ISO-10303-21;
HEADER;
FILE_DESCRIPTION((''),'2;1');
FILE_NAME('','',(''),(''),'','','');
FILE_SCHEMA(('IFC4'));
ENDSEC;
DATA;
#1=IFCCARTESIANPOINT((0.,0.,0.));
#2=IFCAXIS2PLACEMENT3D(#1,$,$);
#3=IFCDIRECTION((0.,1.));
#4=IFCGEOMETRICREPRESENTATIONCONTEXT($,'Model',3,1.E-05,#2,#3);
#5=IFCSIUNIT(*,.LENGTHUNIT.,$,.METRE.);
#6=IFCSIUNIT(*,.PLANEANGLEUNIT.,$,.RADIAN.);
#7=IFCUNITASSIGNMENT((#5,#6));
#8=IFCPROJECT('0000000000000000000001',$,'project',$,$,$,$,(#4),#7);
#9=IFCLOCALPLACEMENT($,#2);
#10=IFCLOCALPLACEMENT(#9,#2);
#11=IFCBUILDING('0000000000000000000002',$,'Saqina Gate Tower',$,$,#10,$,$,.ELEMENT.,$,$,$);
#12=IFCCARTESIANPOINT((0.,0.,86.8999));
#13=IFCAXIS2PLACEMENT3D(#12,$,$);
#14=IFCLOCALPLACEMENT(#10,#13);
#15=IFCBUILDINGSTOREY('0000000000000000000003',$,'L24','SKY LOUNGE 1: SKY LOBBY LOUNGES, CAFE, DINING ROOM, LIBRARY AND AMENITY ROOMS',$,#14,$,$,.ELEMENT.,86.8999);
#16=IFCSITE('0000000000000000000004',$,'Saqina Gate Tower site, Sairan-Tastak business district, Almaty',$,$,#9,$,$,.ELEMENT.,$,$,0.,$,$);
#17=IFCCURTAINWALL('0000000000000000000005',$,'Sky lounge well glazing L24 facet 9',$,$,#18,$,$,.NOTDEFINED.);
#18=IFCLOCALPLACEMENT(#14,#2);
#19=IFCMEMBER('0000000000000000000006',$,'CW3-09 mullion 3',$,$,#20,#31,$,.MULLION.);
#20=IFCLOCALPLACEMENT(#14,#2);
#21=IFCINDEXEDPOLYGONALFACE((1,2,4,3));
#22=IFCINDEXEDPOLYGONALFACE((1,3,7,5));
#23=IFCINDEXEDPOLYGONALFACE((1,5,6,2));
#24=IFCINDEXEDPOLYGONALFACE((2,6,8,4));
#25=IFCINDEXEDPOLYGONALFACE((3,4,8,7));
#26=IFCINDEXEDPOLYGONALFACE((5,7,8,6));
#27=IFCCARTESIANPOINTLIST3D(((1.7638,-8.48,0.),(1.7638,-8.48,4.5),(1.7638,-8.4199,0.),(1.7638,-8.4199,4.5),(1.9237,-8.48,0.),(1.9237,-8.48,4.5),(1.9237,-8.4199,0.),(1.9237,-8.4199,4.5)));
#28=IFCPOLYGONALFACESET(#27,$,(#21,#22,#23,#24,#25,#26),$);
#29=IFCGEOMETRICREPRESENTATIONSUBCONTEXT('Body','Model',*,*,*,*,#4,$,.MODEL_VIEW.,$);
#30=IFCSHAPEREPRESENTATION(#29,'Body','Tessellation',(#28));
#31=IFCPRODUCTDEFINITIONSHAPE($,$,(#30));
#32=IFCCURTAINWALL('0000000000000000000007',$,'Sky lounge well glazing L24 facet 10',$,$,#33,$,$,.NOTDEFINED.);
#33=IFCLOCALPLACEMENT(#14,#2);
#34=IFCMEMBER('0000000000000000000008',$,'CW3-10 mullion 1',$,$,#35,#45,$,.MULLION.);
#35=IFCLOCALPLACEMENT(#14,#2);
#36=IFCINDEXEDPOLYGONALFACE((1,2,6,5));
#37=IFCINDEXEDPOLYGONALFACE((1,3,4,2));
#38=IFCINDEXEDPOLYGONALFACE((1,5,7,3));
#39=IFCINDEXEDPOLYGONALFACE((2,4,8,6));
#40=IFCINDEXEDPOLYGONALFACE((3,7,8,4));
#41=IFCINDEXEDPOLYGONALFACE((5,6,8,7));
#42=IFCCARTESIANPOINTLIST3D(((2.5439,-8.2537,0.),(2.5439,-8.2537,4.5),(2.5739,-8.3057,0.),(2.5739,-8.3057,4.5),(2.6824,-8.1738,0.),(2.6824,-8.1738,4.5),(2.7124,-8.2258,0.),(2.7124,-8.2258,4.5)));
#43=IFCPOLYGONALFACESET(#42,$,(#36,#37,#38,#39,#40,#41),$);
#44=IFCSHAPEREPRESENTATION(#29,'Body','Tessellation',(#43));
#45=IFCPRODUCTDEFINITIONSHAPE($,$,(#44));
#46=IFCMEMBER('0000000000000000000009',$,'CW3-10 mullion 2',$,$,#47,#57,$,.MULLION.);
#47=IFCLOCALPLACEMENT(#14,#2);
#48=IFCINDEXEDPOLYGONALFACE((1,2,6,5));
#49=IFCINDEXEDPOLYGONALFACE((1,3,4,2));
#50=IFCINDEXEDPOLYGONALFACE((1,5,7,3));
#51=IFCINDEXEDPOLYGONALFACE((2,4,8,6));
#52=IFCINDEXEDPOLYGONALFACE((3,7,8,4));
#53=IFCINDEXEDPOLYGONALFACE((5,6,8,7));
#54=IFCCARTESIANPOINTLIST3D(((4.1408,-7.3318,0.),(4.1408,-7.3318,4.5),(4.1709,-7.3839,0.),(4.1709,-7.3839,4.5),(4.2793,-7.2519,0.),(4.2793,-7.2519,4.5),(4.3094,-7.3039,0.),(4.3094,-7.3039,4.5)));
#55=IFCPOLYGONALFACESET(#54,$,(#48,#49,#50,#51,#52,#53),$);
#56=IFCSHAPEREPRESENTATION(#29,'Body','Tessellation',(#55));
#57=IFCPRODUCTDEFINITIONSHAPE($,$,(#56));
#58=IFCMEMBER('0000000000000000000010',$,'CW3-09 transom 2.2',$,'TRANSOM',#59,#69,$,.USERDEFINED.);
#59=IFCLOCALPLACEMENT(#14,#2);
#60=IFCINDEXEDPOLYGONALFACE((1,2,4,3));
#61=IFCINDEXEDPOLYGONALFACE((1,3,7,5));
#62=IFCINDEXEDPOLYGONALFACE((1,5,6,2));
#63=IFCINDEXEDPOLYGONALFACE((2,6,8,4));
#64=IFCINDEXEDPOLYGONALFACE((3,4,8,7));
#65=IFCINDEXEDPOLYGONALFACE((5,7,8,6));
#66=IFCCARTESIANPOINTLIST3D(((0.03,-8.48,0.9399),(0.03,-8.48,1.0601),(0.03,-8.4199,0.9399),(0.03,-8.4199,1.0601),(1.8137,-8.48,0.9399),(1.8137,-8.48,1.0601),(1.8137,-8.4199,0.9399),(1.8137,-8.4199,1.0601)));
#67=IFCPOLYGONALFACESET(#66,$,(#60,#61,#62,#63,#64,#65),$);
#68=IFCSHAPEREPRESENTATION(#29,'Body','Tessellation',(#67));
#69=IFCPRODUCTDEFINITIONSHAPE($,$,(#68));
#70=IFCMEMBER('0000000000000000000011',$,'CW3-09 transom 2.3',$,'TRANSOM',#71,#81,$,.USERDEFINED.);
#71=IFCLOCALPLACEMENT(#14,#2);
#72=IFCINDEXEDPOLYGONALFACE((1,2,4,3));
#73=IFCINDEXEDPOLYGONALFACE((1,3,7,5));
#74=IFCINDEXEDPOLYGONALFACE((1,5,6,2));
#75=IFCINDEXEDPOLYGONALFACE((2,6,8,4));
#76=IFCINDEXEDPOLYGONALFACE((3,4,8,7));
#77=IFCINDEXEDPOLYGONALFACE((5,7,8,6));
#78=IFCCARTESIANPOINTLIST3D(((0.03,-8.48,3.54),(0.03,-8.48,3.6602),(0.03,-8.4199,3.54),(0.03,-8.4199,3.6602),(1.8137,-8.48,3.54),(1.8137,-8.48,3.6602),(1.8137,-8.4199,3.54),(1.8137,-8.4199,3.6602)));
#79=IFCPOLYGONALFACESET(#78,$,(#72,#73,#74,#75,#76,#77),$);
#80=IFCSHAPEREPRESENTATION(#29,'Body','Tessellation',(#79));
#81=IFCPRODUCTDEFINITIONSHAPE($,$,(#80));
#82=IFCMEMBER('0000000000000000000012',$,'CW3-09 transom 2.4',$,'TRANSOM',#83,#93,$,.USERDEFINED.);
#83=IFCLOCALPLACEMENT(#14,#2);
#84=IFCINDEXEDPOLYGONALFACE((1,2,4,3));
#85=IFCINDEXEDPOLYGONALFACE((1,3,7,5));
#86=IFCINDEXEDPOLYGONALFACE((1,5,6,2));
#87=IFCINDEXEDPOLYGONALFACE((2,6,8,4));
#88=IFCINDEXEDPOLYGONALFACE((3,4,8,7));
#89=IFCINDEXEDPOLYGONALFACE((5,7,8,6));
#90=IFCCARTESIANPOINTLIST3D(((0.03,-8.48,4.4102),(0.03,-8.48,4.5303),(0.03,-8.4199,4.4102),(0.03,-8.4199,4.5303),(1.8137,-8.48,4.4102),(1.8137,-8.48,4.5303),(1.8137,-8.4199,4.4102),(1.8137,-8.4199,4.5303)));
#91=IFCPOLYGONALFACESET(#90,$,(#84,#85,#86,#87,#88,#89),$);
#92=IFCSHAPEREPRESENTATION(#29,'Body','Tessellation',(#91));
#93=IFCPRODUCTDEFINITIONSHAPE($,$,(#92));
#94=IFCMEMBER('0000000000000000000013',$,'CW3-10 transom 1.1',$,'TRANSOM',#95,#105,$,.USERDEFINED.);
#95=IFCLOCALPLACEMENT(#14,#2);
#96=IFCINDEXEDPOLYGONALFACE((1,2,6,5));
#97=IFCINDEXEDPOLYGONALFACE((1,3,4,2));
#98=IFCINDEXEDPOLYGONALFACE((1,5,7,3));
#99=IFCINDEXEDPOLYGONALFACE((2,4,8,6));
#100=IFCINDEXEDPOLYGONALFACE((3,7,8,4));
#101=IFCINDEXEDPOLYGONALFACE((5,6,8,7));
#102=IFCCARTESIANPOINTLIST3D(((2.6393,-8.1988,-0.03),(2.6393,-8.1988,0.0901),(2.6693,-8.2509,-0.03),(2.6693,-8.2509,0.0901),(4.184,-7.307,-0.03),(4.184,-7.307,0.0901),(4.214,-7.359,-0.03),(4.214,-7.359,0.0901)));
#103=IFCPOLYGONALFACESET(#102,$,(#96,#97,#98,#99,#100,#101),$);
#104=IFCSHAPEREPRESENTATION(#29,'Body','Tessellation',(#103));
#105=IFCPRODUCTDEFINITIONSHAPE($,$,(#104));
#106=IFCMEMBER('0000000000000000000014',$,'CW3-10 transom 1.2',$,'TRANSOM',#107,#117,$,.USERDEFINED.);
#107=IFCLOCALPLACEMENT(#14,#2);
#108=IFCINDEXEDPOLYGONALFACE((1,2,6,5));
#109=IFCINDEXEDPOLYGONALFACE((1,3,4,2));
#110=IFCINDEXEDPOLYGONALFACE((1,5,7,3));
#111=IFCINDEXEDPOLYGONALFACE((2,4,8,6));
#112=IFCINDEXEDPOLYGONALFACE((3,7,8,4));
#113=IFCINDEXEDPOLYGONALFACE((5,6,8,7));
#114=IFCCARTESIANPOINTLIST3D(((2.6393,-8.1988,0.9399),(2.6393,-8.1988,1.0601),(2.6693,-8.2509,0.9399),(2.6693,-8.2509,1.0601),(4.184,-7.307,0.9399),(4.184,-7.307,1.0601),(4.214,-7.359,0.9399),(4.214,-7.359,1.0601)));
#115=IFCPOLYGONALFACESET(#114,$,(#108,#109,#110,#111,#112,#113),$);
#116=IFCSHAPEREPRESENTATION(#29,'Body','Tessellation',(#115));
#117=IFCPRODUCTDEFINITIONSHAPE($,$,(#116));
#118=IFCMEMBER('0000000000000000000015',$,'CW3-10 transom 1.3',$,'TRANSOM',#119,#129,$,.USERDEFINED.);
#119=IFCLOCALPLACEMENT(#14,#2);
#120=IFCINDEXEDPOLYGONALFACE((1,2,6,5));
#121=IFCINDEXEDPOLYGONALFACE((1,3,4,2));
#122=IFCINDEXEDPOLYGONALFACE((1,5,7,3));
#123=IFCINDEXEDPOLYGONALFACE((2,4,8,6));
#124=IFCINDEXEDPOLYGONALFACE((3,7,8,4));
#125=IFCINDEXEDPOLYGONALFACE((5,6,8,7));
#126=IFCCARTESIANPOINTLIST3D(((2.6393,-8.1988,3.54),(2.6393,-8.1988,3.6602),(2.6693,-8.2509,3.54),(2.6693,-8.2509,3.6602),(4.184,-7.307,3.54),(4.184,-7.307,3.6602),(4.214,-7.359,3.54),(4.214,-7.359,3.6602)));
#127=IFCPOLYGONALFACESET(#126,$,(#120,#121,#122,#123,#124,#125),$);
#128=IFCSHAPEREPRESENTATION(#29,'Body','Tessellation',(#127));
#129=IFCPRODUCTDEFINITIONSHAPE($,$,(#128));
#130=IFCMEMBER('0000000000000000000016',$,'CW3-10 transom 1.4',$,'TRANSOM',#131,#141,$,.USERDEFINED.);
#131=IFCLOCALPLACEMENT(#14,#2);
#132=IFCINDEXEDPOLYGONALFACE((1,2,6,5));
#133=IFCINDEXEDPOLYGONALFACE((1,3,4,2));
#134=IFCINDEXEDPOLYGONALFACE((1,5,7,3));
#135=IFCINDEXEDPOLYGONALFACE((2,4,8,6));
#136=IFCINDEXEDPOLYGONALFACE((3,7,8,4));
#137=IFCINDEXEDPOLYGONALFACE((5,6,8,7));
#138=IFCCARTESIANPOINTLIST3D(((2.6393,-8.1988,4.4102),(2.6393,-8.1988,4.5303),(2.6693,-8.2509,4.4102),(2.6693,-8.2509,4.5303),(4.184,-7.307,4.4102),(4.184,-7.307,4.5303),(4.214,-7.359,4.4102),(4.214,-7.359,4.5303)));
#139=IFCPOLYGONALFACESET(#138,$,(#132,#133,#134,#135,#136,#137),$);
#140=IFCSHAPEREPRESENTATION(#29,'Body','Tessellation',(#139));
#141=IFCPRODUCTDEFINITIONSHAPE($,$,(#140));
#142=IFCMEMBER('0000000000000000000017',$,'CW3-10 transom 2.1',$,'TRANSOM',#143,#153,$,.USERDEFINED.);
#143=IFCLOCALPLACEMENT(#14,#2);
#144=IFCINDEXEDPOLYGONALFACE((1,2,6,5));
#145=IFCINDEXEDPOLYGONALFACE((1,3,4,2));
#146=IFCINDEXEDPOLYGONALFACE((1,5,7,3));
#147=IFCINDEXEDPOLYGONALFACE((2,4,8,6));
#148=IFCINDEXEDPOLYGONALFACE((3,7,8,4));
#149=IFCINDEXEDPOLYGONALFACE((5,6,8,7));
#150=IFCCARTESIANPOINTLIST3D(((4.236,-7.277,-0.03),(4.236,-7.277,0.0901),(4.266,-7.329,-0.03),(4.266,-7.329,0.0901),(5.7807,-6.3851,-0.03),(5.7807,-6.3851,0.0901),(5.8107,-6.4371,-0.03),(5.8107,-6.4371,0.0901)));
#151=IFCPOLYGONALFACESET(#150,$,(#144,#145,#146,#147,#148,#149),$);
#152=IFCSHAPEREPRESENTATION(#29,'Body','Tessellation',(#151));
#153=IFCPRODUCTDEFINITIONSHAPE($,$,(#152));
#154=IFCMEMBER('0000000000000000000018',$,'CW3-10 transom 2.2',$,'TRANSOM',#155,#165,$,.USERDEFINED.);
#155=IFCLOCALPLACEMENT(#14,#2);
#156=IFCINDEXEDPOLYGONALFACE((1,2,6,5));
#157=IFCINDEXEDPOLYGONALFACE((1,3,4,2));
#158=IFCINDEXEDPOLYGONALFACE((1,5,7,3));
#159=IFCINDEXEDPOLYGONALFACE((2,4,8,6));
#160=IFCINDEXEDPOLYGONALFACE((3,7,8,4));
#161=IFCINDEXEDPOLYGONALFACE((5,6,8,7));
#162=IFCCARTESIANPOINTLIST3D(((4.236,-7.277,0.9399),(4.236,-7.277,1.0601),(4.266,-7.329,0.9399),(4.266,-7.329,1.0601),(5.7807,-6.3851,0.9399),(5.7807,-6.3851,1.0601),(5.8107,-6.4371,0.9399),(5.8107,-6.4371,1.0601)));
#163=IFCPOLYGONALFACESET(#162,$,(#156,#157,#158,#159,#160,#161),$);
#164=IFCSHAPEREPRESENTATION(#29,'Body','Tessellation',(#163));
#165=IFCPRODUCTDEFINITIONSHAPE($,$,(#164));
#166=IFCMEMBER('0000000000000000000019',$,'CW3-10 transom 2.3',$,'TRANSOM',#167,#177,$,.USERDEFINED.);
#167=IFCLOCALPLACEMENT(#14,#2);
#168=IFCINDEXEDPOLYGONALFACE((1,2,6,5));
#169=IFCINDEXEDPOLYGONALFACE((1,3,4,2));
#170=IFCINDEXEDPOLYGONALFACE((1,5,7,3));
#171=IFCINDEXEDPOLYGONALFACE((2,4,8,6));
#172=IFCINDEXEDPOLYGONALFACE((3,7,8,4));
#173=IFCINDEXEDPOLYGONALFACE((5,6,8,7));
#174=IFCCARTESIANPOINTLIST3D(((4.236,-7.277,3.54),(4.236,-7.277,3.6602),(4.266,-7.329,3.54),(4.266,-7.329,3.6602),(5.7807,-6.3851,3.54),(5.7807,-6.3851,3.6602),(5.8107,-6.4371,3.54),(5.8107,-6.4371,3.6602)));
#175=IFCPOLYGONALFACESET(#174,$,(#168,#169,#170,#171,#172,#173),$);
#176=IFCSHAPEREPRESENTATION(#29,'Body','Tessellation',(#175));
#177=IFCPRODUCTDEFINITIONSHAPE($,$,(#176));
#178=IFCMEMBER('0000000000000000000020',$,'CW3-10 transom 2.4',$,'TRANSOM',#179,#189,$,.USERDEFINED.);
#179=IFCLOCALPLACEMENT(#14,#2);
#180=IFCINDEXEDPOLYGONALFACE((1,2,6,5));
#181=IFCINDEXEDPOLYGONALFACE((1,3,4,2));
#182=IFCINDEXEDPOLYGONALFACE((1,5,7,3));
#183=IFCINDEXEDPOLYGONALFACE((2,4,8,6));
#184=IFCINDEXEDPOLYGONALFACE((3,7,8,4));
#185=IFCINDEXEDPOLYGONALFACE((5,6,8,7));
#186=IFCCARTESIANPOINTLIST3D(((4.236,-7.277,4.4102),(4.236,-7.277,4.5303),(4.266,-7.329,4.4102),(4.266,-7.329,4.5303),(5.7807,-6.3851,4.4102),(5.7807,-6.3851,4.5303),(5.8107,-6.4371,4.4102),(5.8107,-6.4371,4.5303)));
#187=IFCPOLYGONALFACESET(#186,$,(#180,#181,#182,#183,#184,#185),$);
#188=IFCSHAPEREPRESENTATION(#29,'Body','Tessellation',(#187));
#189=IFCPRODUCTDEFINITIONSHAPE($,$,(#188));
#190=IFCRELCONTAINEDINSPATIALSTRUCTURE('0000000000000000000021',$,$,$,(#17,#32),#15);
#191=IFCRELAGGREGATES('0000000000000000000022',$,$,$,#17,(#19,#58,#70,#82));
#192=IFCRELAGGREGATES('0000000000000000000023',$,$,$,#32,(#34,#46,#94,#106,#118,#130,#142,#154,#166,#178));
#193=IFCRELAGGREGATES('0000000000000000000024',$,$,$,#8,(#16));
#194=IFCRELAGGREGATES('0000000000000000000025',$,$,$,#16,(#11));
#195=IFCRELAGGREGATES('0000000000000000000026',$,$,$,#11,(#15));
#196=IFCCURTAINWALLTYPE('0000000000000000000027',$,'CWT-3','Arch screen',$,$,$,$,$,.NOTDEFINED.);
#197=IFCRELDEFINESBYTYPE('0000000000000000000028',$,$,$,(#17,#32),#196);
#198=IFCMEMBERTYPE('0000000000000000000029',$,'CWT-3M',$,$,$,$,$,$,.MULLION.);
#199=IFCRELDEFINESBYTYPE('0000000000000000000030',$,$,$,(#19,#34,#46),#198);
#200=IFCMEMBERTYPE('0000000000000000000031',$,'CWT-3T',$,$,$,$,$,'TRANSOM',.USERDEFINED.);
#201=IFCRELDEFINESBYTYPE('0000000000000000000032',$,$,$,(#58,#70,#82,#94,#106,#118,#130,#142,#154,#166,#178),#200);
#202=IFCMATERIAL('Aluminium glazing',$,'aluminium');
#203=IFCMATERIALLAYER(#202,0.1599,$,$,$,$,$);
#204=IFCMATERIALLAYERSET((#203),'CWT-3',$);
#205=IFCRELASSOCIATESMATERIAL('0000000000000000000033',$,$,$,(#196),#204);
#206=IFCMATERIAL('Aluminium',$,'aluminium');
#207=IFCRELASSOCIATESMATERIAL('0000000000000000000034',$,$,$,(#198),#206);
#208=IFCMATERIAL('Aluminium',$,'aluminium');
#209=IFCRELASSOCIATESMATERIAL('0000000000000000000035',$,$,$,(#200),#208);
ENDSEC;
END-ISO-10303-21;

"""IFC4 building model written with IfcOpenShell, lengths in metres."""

from ifc_helpers import new_model, si_unit, direction, frame, origin, origin_2d, place, context, subcontext, project, spatial, rectangle, extrude, material, layer, layer_set, material_profile, profile_set, type_object, element, aggregate, save


model = new_model("IFC4")

# Units and contexts
model_context = context("Model", 3, precision=1e-05, world=origin(), true_north=direction((0.0, 1.0)))
body_context = subcontext(model_context, "Body", "Model", "MODEL_VIEW")
ifc_project = project(units=[si_unit("LENGTHUNIT", "METRE"), si_unit("PLANEANGLEUNIT", "RADIAN")], contexts=[model_context])

# Site, building, storey
site_placement = place(None, origin())
site = spatial("IfcSite", under=ifc_project, at=site_placement, Name="Saqina Gate Tower site, Sairan-Tastak business district, Almaty", CompositionType="ELEMENT", RefElevation=0.0)
building_placement = place(site_placement, origin())
building = spatial("IfcBuilding", under=site, at=building_placement, Name="Saqina Gate Tower", CompositionType="ELEMENT")
storey_placement = place(building_placement, frame((0.0, 0.0, 86.8999)))
storey = spatial("IfcBuildingStorey", under=building, at=storey_placement, Name="L24", Description="SKY LOUNGE 1: SKY LOBBY LOUNGES, CAFE, DINING ROOM, LIBRARY AND AMENITY ROOMS", CompositionType="ELEMENT", Elevation=86.8999)

# Curtain wall, member
ifc_material_1 = material(Name="Aluminium glazing", Category="aluminium")
ifc_layer_1 = layer(ifc_material_1, 0.1599)
ifc_layer_set_1 = layer_set([ifc_layer_1], Name="CWT-3")
curtain_wall_type = type_object("IfcCurtainWallType", Name="CWT-3", Description="Arch screen", PredefinedType="NOTDEFINED", material=ifc_layer_set_1)
curtain_wall_1_placement = place(storey_placement, origin())
curtain_wall_1 = element("IfcCurtainWall", 1, at=curtain_wall_1_placement, inside=storey, type_object=curtain_wall_type, Name="Sky lounge well glazing L24 facet 9", PredefinedType="NOTDEFINED")
ifc_material_2 = material(Name="Aluminium", Category="aluminium")
ifc_material_profile_1 = material_profile(ifc_material_2, rectangle(XDim=0.0601, YDim=0.1599, at=origin_2d()), Name="Aluminium 60x160")
ifc_profile_set_1 = profile_set([ifc_material_profile_1], Name="Aluminium")
member_type_1 = type_object("IfcMemberType", Name="CWT-3M", PredefinedType="MULLION", material=ifc_profile_set_1)
member_1_placement = place(storey_placement, frame((1.8438, -8.45, 0.0), z_axis=(0.0, 0.0, 1.0), x_axis=(0.0, 1.0, 0.0)))
member_1 = element("IfcMember", 2, at=member_1_placement, type_object=member_type_1, Name="CW3-09 mullion 3", PredefinedType="MULLION", context=body_context, shape_type="SweptSolid", body=[
    extrude(rectangle(XDim=0.0601, YDim=0.1599, at=origin_2d()), origin(), (0.0, 0.0, 1.0), 4.5),
])

# Curtain wall, members
curtain_wall_2_placement = place(storey_placement, origin())
curtain_wall_2 = element("IfcCurtainWall", 3, at=curtain_wall_2_placement, inside=storey, type_object=curtain_wall_type, Name="Sky lounge well glazing L24 facet 10", PredefinedType="NOTDEFINED")
member_2_placement = place(storey_placement, frame((2.6282, -8.2397, 0.0), z_axis=(0.0, 0.0, 1.0), x_axis=(-0.499993, 0.866029, 0.0)))
member_2 = element("IfcMember", 4, at=member_2_placement, type_object=member_type_1, Name="CW3-10 mullion 1", PredefinedType="MULLION", context=body_context, shape_type="SweptSolid", body=[
    extrude(rectangle(XDim=0.0601, YDim=0.1599, at=origin_2d()), origin(), (0.0, 0.0, 1.0), 4.5),
])
member_3_placement = place(storey_placement, frame((4.2251, -7.3179, 0.0), z_axis=(0.0, 0.0, 1.0), x_axis=(-0.499993, 0.866029, 0.0)))
member_3 = element("IfcMember", 5, at=member_3_placement, type_object=member_type_1, Name="CW3-10 mullion 2", PredefinedType="MULLION", context=body_context, shape_type="SweptSolid", body=[
    extrude(rectangle(XDim=0.0601, YDim=0.1599, at=origin_2d()), origin(), (0.0, 0.0, 1.0), 4.5),
])

# Members
ifc_material_3 = material(Name="Aluminium", Category="aluminium")
ifc_material_profile_2 = material_profile(ifc_material_3, rectangle(XDim=0.0601, YDim=0.1201, at=origin_2d()), Name="Aluminium 60x120")
ifc_profile_set_2 = profile_set([ifc_material_profile_2], Name="Aluminium")
member_type_2 = type_object("IfcMemberType", Name="CWT-3T", ElementType="TRANSOM", PredefinedType="USERDEFINED", material=ifc_profile_set_2)
member_4_placement = place(storey_placement, frame((0.03, -8.45, 1.0), z_axis=(1.0, 0.0, 0.0), x_axis=(0.0, 1.0, 0.0)))
member_4 = element("IfcMember", 6, at=member_4_placement, type_object=member_type_2, Name="CW3-09 transom 2.2", ObjectType="TRANSOM", PredefinedType="USERDEFINED", context=body_context, shape_type="SweptSolid", body=[
    extrude(rectangle(XDim=0.0601, YDim=0.1201, at=origin_2d()), origin(), (0.0, 0.0, 1.0), 1.7837),
])
member_5_placement = place(storey_placement, frame((0.03, -8.45, 3.6001), z_axis=(1.0, 0.0, 0.0), x_axis=(0.0, 1.0, 0.0)))
member_5 = element("IfcMember", 7, at=member_5_placement, type_object=member_type_2, Name="CW3-09 transom 2.3", ObjectType="TRANSOM", PredefinedType="USERDEFINED", context=body_context, shape_type="SweptSolid", body=[
    extrude(rectangle(XDim=0.0601, YDim=0.1201, at=origin_2d()), origin(), (0.0, 0.0, 1.0), 1.7837),
])
member_6_placement = place(storey_placement, frame((0.03, -8.45, 4.4702), z_axis=(1.0, 0.0, 0.0), x_axis=(0.0, 1.0, 0.0)))
member_6 = element("IfcMember", 8, at=member_6_placement, type_object=member_type_2, Name="CW3-09 transom 2.4", ObjectType="TRANSOM", PredefinedType="USERDEFINED", context=body_context, shape_type="SweptSolid", body=[
    extrude(rectangle(XDim=0.0601, YDim=0.1201, at=origin_2d()), origin(), (0.0, 0.0, 1.0), 1.7837),
])
member_7_placement = place(storey_placement, frame((2.6543, -8.2249, 0.03), z_axis=(0.866019, 0.500011, 0.0), x_axis=(-0.500011, 0.866019, 0.0)))
member_7 = element("IfcMember", 9, at=member_7_placement, type_object=member_type_2, Name="CW3-10 transom 1.1", ObjectType="TRANSOM", PredefinedType="USERDEFINED", context=body_context, shape_type="SweptSolid", body=[
    extrude(rectangle(XDim=0.0601, YDim=0.1201, at=origin_2d()), origin(), (0.0, 0.0, 1.0), 1.7837),
])
member_8_placement = place(storey_placement, frame((2.6543, -8.2249, 1.0), z_axis=(0.866019, 0.500011, 0.0), x_axis=(-0.500011, 0.866019, 0.0)))
member_8 = element("IfcMember", 10, at=member_8_placement, type_object=member_type_2, Name="CW3-10 transom 1.2", ObjectType="TRANSOM", PredefinedType="USERDEFINED", context=body_context, shape_type="SweptSolid", body=[
    extrude(rectangle(XDim=0.0601, YDim=0.1201, at=origin_2d()), origin(), (0.0, 0.0, 1.0), 1.7837),
])
member_9_placement = place(storey_placement, frame((2.6543, -8.2249, 3.6001), z_axis=(0.866019, 0.500011, 0.0), x_axis=(-0.500011, 0.866019, 0.0)))
member_9 = element("IfcMember", 11, at=member_9_placement, type_object=member_type_2, Name="CW3-10 transom 1.3", ObjectType="TRANSOM", PredefinedType="USERDEFINED", context=body_context, shape_type="SweptSolid", body=[
    extrude(rectangle(XDim=0.0601, YDim=0.1201, at=origin_2d()), origin(), (0.0, 0.0, 1.0), 1.7837),
])
member_10_placement = place(storey_placement, frame((2.6543, -8.2249, 4.4702), z_axis=(0.866019, 0.500011, 0.0), x_axis=(-0.500011, 0.866019, 0.0)))
member_10 = element("IfcMember", 12, at=member_10_placement, type_object=member_type_2, Name="CW3-10 transom 1.4", ObjectType="TRANSOM", PredefinedType="USERDEFINED", context=body_context, shape_type="SweptSolid", body=[
    extrude(rectangle(XDim=0.0601, YDim=0.1201, at=origin_2d()), origin(), (0.0, 0.0, 1.0), 1.7837),
])
member_11_placement = place(storey_placement, frame((4.251, -7.303, 0.03), z_axis=(0.866019, 0.500011, 0.0), x_axis=(-0.500011, 0.866019, 0.0)))
member_11 = element("IfcMember", 13, at=member_11_placement, type_object=member_type_2, Name="CW3-10 transom 2.1", ObjectType="TRANSOM", PredefinedType="USERDEFINED", context=body_context, shape_type="SweptSolid", body=[
    extrude(rectangle(XDim=0.0601, YDim=0.1201, at=origin_2d()), origin(), (0.0, 0.0, 1.0), 1.7837),
])
member_12_placement = place(storey_placement, frame((4.251, -7.303, 1.0), z_axis=(0.866019, 0.500011, 0.0), x_axis=(-0.500011, 0.866019, 0.0)))
member_12 = element("IfcMember", 14, at=member_12_placement, type_object=member_type_2, Name="CW3-10 transom 2.2", ObjectType="TRANSOM", PredefinedType="USERDEFINED", context=body_context, shape_type="SweptSolid", body=[
    extrude(rectangle(XDim=0.0601, YDim=0.1201, at=origin_2d()), origin(), (0.0, 0.0, 1.0), 1.7837),
])
member_13_placement = place(storey_placement, frame((4.251, -7.303, 3.6001), z_axis=(0.866019, 0.500011, 0.0), x_axis=(-0.500011, 0.866019, 0.0)))
member_13 = element("IfcMember", 15, at=member_13_placement, type_object=member_type_2, Name="CW3-10 transom 2.3", ObjectType="TRANSOM", PredefinedType="USERDEFINED", context=body_context, shape_type="SweptSolid", body=[
    extrude(rectangle(XDim=0.0601, YDim=0.1201, at=origin_2d()), origin(), (0.0, 0.0, 1.0), 1.7837),
])
member_14_placement = place(storey_placement, frame((4.251, -7.303, 4.4702), z_axis=(0.866019, 0.500011, 0.0), x_axis=(-0.500011, 0.866019, 0.0)))
member_14 = element("IfcMember", 16, at=member_14_placement, type_object=member_type_2, Name="CW3-10 transom 2.4", ObjectType="TRANSOM", PredefinedType="USERDEFINED", context=body_context, shape_type="SweptSolid", body=[
    extrude(rectangle(XDim=0.0601, YDim=0.1201, at=origin_2d()), origin(), (0.0, 0.0, 1.0), 1.7837),
])

aggregate(curtain_wall_1, [member_1, member_4, member_5, member_6])
aggregate(curtain_wall_2, [member_2, member_3, member_7, member_8, member_9, member_10, member_11, member_12, member_13, member_14])

save(model, "model.ifc")
